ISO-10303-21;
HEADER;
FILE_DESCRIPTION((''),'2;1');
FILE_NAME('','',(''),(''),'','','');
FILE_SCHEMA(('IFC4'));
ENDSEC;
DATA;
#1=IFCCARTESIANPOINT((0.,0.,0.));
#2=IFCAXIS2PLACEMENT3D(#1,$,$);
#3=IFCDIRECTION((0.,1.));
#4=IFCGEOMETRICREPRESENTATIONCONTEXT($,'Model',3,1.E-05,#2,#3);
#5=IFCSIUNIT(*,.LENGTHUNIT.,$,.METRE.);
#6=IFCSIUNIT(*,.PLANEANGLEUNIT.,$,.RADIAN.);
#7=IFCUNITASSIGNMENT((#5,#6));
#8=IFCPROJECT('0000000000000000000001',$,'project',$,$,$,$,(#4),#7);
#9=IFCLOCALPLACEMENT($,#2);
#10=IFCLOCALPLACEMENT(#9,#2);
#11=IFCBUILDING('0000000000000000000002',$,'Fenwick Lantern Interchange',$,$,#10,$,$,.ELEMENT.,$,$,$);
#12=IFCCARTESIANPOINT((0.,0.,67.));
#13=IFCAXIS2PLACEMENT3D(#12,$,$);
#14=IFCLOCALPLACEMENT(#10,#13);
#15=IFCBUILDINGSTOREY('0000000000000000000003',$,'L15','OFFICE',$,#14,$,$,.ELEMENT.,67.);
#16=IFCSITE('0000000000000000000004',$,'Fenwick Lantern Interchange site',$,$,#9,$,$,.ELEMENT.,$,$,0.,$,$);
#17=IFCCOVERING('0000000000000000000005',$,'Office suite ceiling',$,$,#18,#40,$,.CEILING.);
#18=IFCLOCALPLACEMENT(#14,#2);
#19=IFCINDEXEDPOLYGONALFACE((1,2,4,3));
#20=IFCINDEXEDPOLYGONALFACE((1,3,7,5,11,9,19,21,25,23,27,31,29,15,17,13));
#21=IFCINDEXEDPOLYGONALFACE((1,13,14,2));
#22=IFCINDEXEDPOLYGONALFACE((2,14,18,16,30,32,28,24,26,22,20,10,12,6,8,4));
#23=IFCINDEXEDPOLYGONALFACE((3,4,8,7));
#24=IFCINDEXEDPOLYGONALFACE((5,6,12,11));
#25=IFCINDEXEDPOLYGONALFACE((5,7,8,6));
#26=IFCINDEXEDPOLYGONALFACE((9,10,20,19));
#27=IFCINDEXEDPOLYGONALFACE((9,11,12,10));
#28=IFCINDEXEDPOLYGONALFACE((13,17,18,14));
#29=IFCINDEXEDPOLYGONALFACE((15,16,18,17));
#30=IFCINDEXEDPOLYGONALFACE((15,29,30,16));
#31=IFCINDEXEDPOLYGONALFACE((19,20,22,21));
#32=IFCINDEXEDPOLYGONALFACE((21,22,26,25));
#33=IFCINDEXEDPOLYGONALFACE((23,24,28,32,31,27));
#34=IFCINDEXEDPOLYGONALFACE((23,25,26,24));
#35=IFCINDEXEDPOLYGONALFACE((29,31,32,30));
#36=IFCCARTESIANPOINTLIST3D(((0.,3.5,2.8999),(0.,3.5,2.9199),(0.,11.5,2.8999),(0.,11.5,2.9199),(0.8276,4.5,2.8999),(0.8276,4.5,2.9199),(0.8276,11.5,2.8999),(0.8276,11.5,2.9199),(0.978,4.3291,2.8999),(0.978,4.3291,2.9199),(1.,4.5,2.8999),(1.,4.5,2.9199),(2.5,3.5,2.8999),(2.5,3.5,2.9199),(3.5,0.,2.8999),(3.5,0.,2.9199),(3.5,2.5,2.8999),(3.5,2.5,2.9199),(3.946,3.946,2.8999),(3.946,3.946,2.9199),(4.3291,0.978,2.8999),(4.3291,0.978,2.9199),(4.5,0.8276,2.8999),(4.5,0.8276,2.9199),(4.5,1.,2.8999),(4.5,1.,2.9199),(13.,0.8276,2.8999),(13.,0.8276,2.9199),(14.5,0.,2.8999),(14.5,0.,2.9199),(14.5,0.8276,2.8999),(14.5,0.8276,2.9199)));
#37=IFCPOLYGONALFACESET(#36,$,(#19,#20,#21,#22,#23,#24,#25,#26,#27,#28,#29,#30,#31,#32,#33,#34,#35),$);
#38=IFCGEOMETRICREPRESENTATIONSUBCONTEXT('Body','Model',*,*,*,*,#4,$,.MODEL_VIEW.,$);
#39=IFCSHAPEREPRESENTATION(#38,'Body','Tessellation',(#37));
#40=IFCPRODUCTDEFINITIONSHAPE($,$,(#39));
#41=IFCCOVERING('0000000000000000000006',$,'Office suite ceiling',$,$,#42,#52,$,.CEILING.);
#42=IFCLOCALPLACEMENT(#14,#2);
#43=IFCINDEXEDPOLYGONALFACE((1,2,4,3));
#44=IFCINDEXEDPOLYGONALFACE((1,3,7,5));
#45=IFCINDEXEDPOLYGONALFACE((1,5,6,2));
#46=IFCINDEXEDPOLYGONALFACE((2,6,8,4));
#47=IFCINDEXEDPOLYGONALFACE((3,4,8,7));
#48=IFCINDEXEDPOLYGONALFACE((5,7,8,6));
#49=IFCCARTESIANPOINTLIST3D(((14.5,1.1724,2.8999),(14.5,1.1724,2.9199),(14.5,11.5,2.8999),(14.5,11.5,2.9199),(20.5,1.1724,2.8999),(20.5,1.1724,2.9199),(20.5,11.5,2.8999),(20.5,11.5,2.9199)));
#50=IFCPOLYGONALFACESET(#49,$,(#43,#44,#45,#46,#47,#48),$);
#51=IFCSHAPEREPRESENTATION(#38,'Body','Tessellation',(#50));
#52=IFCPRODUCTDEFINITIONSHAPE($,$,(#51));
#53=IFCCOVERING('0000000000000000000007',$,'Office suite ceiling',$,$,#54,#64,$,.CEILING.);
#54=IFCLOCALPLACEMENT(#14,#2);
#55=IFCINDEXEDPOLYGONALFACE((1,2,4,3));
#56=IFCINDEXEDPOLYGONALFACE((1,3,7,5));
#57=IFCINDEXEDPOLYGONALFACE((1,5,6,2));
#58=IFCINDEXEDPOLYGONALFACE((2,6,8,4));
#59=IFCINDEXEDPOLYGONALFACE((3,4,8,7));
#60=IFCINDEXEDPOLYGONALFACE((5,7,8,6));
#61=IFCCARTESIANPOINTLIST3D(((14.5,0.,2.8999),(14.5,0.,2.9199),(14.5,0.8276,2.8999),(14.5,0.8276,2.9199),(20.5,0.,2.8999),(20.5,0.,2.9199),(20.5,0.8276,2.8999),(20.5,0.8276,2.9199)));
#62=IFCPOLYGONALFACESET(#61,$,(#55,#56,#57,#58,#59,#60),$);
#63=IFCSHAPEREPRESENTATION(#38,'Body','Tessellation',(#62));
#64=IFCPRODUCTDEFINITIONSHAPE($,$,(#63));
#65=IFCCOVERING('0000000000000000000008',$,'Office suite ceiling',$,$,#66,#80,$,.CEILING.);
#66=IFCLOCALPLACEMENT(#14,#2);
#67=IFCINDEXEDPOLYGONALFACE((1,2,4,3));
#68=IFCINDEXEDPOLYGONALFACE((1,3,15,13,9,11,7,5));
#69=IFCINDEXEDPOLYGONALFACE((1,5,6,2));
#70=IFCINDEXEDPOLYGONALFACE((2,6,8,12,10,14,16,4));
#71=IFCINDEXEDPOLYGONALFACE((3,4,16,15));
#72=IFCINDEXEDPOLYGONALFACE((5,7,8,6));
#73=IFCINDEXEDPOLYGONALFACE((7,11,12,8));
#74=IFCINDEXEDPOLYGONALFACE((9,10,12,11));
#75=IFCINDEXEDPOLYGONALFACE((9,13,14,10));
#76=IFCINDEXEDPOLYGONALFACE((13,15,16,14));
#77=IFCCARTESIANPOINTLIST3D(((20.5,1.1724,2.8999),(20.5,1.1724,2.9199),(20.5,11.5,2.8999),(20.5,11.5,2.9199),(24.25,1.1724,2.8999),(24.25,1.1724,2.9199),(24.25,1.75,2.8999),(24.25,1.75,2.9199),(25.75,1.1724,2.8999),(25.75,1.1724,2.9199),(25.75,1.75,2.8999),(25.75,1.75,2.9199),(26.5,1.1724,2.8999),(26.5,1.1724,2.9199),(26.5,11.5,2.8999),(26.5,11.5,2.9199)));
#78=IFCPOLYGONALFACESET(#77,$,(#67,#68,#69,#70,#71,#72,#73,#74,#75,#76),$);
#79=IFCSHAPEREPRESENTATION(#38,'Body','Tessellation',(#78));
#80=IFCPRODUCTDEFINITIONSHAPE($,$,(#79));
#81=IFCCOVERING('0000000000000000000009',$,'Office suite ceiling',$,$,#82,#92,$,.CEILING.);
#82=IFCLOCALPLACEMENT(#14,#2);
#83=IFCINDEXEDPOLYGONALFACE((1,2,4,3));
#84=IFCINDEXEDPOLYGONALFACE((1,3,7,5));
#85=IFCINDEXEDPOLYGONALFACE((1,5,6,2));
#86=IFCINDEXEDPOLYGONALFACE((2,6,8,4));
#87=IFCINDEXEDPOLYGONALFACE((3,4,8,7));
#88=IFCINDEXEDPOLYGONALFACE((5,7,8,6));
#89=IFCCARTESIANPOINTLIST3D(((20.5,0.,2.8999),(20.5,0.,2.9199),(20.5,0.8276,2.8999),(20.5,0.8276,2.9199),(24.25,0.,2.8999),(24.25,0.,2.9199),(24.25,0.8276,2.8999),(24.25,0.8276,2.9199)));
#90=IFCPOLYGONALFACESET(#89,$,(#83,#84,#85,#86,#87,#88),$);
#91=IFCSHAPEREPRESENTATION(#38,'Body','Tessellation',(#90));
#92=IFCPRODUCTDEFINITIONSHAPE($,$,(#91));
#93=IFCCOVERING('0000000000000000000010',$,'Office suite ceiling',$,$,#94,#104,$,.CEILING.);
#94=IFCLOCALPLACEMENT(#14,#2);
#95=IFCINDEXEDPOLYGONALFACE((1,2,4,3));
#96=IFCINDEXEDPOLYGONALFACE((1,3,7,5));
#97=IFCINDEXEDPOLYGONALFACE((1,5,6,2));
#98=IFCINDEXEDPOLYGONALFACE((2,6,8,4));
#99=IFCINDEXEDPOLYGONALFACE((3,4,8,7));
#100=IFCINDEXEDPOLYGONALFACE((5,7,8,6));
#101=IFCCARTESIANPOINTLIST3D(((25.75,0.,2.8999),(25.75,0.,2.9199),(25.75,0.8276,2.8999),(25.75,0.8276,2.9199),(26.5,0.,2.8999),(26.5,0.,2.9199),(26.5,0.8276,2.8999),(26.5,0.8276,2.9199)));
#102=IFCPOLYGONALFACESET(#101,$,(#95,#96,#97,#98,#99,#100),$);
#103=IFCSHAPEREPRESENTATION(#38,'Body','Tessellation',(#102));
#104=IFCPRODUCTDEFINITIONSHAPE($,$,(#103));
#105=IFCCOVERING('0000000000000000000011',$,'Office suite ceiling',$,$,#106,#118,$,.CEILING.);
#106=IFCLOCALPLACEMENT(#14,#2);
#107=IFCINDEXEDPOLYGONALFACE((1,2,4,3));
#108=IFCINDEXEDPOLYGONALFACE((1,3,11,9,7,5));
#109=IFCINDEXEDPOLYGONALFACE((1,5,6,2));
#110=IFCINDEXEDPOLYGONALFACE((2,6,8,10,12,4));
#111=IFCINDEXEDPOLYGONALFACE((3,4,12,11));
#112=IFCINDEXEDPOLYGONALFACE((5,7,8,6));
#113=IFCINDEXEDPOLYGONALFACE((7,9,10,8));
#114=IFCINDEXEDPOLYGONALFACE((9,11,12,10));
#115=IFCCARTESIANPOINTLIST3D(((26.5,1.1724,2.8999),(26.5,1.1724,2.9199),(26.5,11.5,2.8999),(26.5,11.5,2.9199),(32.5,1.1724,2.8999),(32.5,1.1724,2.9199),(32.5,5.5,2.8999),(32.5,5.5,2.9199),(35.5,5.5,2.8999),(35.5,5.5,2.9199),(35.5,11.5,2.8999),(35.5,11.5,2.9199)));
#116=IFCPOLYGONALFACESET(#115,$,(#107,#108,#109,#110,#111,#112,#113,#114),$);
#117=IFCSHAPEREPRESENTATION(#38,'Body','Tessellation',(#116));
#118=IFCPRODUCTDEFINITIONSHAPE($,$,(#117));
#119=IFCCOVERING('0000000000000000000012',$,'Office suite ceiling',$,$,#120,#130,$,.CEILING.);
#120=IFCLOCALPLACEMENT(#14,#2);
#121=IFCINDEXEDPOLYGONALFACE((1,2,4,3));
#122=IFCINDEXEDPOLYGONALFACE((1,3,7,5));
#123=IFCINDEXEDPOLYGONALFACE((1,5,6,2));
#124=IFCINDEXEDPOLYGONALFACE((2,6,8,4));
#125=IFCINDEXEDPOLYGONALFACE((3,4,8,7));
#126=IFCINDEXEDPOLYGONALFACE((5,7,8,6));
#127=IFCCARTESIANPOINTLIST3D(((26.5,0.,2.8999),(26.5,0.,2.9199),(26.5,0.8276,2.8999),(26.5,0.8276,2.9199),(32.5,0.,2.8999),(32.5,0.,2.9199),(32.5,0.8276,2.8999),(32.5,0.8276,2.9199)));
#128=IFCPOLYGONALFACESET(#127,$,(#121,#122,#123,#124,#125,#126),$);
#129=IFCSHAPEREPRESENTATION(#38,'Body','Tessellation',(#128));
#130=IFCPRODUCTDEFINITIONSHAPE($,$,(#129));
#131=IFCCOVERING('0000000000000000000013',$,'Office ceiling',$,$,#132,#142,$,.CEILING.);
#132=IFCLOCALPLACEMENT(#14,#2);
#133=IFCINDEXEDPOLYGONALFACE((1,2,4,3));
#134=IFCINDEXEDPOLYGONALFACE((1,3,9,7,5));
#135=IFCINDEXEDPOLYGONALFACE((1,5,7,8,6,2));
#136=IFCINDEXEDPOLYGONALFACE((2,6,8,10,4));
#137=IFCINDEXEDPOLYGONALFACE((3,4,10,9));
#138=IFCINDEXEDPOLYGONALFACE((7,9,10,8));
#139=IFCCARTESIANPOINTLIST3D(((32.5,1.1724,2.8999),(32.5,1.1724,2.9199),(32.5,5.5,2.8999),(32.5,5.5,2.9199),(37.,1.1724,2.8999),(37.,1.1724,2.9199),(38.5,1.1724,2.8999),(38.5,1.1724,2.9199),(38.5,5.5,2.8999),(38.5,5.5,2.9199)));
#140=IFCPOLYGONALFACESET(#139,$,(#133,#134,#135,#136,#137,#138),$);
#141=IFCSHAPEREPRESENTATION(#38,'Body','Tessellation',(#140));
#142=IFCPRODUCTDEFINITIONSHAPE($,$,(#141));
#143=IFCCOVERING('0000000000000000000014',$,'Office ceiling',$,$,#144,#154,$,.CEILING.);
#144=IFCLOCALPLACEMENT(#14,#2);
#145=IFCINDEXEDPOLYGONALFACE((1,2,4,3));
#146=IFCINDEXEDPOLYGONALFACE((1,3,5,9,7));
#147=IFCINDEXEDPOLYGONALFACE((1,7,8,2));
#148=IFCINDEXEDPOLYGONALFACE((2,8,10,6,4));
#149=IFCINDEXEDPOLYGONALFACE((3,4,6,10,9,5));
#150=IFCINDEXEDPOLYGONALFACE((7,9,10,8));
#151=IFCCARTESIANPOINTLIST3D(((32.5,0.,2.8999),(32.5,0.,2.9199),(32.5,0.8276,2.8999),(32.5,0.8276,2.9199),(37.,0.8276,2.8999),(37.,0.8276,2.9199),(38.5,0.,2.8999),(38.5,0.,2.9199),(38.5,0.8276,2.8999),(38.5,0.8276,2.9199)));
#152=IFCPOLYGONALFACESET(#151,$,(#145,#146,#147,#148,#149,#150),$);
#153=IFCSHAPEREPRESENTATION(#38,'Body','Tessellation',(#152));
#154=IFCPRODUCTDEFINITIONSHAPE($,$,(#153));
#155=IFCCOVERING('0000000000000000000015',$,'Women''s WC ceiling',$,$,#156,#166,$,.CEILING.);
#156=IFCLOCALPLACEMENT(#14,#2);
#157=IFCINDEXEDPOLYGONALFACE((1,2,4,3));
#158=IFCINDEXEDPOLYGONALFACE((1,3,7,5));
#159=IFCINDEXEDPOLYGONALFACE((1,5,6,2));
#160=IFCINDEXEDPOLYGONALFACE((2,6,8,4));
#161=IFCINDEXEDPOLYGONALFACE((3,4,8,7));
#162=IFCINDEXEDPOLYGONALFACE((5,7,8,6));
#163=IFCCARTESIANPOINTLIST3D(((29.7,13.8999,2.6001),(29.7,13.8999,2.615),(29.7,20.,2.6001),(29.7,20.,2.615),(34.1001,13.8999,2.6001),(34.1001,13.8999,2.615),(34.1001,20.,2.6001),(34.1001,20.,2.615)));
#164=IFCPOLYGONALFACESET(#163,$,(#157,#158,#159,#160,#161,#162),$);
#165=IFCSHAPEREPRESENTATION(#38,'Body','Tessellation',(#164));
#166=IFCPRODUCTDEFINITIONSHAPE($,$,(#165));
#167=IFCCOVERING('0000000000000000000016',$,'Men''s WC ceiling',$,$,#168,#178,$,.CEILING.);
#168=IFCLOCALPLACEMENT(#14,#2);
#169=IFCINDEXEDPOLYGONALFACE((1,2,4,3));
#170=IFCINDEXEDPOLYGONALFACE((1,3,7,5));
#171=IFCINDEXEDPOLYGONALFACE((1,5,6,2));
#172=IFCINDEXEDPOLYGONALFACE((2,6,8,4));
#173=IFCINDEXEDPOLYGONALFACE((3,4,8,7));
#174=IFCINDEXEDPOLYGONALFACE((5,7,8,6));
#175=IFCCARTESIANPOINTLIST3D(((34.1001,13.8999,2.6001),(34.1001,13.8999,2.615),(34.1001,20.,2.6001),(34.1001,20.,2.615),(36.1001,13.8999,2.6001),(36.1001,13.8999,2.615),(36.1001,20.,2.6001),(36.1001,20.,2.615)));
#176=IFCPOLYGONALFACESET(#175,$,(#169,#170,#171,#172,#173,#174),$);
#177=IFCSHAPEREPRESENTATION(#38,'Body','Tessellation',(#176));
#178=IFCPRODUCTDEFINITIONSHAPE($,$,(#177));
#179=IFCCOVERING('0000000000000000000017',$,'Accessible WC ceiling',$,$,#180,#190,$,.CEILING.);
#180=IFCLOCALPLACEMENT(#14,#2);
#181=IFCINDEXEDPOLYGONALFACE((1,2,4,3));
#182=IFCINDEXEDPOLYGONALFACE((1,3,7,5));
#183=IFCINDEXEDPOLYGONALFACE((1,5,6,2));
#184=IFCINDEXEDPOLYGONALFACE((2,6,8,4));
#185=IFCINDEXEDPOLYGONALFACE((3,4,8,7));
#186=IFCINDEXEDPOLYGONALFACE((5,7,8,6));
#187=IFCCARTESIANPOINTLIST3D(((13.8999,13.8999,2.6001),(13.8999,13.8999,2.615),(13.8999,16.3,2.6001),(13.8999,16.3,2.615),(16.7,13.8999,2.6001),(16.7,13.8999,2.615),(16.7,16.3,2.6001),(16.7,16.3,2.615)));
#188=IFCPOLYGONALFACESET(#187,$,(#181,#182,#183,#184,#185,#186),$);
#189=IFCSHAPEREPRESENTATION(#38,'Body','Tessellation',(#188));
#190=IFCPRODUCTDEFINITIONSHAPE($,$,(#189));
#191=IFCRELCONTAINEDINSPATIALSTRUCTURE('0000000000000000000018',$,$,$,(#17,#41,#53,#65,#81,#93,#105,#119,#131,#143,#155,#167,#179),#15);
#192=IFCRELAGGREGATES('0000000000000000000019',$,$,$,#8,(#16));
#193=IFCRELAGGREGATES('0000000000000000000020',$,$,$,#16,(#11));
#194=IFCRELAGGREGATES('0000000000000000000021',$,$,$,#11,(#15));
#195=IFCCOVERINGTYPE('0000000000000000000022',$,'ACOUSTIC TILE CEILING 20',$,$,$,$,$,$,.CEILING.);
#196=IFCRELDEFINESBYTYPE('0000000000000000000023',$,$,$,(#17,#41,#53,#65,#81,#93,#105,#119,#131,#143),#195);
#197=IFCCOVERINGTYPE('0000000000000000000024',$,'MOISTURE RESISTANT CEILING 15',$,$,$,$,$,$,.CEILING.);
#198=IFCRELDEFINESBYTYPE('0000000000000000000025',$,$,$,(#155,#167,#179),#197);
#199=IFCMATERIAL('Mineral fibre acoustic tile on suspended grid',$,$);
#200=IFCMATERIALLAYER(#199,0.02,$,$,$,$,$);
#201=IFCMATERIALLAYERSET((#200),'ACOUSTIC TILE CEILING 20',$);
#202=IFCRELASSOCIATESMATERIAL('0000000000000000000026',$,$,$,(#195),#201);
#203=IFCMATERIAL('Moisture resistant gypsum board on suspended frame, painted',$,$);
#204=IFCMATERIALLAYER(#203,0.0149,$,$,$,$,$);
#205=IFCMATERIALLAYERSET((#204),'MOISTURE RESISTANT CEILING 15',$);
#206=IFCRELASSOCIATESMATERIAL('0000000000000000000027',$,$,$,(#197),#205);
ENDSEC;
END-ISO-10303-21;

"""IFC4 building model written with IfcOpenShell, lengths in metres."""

from ifc_helpers import new_model, si_unit, direction, frame, origin, place, context, subcontext, project, spatial, polyline, outline, extrude, material, layer, layer_set, type_object, element, save


model = new_model("IFC4")

# Units and contexts
model_context = context("Model", 3, precision=1e-05, world=origin(), true_north=direction((0.0, 1.0)))
body_context = subcontext(model_context, "Body", "Model", "MODEL_VIEW")
ifc_project = project(units=[si_unit("LENGTHUNIT", "METRE"), si_unit("PLANEANGLEUNIT", "RADIAN")], contexts=[model_context])

# Site, building, storey
site_placement = place(None, origin())
site = spatial("IfcSite", under=ifc_project, at=site_placement, Name="Fenwick Lantern Interchange site", CompositionType="ELEMENT", RefElevation=0.0)
building_placement = place(site_placement, origin())
building = spatial("IfcBuilding", under=site, at=building_placement, Name="Fenwick Lantern Interchange", CompositionType="ELEMENT")
storey_placement = place(building_placement, frame((0.0, 0.0, 67.0)))
storey = spatial("IfcBuildingStorey", under=building, at=storey_placement, Name="L15", Description="OFFICE", CompositionType="ELEMENT", Elevation=67.0)

# Coverings
ifc_material_1 = material(Name="Mineral fibre acoustic tile on suspended grid")
ifc_layer_1 = layer(ifc_material_1, 0.02)
ifc_layer_set_1 = layer_set([ifc_layer_1], Name="ACOUSTIC TILE CEILING 20")
covering_type_1 = type_object("IfcCoveringType", Name="ACOUSTIC TILE CEILING 20", PredefinedType="CEILING", material=ifc_layer_set_1)
covering_1_placement = place(storey_placement, frame((0.0, 0.0, 2.8999)))
element("IfcCovering", 1, at=covering_1_placement, inside=storey, type_object=covering_type_1, Name="Office suite ceiling", PredefinedType="CEILING", context=body_context, shape_type="SweptSolid", body=[
    extrude(outline(polyline([(3.5, 2.5), (3.5, 0.0), (14.5, 0.0), (14.5, 0.8276), (13.0, 0.8276), (4.5, 0.8276), (4.5, 1.0), (4.3291, 0.978), (3.946, 3.946), (0.978, 4.3291), (1.0, 4.5), (0.8276, 4.5), (0.8276, 11.5), (0.0, 11.5), (0.0, 3.5), (2.5, 3.5), (3.5, 2.5)])), origin(), (0.0, 0.0, 1.0), 0.02),
])
covering_2_placement = place(storey_placement, frame((0.0, 0.0, 2.8999)))
element("IfcCovering", 2, at=covering_2_placement, inside=storey, type_object=covering_type_1, Name="Office suite ceiling", PredefinedType="CEILING", context=body_context, shape_type="SweptSolid", body=[
    extrude(outline(polyline([(14.5, 11.5), (14.5, 1.1724), (20.5, 1.1724), (20.5, 11.5), (14.5, 11.5)])), origin(), (0.0, 0.0, 1.0), 0.02),
])
covering_3_placement = place(storey_placement, frame((0.0, 0.0, 2.8999)))
element("IfcCovering", 3, at=covering_3_placement, inside=storey, type_object=covering_type_1, Name="Office suite ceiling", PredefinedType="CEILING", context=body_context, shape_type="SweptSolid", body=[
    extrude(outline(polyline([(14.5, 0.0), (20.5, 0.0), (20.5, 0.8276), (14.5, 0.8276), (14.5, 0.0)])), origin(), (0.0, 0.0, 1.0), 0.02),
])
covering_4_placement = place(storey_placement, frame((0.0, 0.0, 2.8999)))
element("IfcCovering", 4, at=covering_4_placement, inside=storey, type_object=covering_type_1, Name="Office suite ceiling", PredefinedType="CEILING", context=body_context, shape_type="SweptSolid", body=[
    extrude(outline(polyline([(25.75, 1.75), (25.75, 1.1724), (26.5, 1.1724), (26.5, 11.5), (20.5, 11.5), (20.5, 1.1724), (24.25, 1.1724), (24.25, 1.75), (25.75, 1.75)])), origin(), (0.0, 0.0, 1.0), 0.02),
])
covering_5_placement = place(storey_placement, frame((0.0, 0.0, 2.8999)))
element("IfcCovering", 5, at=covering_5_placement, inside=storey, type_object=covering_type_1, Name="Office suite ceiling", PredefinedType="CEILING", context=body_context, shape_type="SweptSolid", body=[
    extrude(outline(polyline([(24.25, 0.0), (24.25, 0.8276), (20.5, 0.8276), (20.5, 0.0), (24.25, 0.0)])), origin(), (0.0, 0.0, 1.0), 0.02),
])
covering_6_placement = place(storey_placement, frame((0.0, 0.0, 2.8999)))
element("IfcCovering", 6, at=covering_6_placement, inside=storey, type_object=covering_type_1, Name="Office suite ceiling", PredefinedType="CEILING", context=body_context, shape_type="SweptSolid", body=[
    extrude(outline(polyline([(25.75, 0.8276), (25.75, 0.0), (26.5, 0.0), (26.5, 0.8276), (25.75, 0.8276)])), origin(), (0.0, 0.0, 1.0), 0.02),
])
covering_7_placement = place(storey_placement, frame((0.0, 0.0, 2.8999)))
element("IfcCovering", 7, at=covering_7_placement, inside=storey, type_object=covering_type_1, Name="Office suite ceiling", PredefinedType="CEILING", context=body_context, shape_type="SweptSolid", body=[
    extrude(outline(polyline([(26.5, 11.5), (26.5, 1.1724), (32.5, 1.1724), (32.5, 5.5), (35.5, 5.5), (35.5, 11.5), (26.5, 11.5)])), origin(), (0.0, 0.0, 1.0), 0.02),
])
covering_8_placement = place(storey_placement, frame((0.0, 0.0, 2.8999)))
element("IfcCovering", 8, at=covering_8_placement, inside=storey, type_object=covering_type_1, Name="Office suite ceiling", PredefinedType="CEILING", context=body_context, shape_type="SweptSolid", body=[
    extrude(outline(polyline([(26.5, 0.0), (32.5, 0.0), (32.5, 0.8276), (26.5, 0.8276), (26.5, 0.0)])), origin(), (0.0, 0.0, 1.0), 0.02),
])
covering_9_placement = place(storey_placement, frame((0.0, 0.0, 2.8999)))
element("IfcCovering", 9, at=covering_9_placement, inside=storey, type_object=covering_type_1, Name="Office ceiling", PredefinedType="CEILING", context=body_context, shape_type="SweptSolid", body=[
    extrude(outline(polyline([(32.5, 5.5), (32.5, 1.1724), (37.0, 1.1724), (38.5, 1.1724), (38.5, 5.5), (32.5, 5.5)])), origin(), (0.0, 0.0, 1.0), 0.02),
])
covering_10_placement = place(storey_placement, frame((0.0, 0.0, 2.8999)))
element("IfcCovering", 10, at=covering_10_placement, inside=storey, type_object=covering_type_1, Name="Office ceiling", PredefinedType="CEILING", context=body_context, shape_type="SweptSolid", body=[
    extrude(outline(polyline([(38.5, 0.0), (38.5, 0.8276), (37.0, 0.8276), (32.5, 0.8276), (32.5, 0.0), (38.5, 0.0)])), origin(), (0.0, 0.0, 1.0), 0.02),
])
ifc_material_2 = material(Name="Moisture resistant gypsum board on suspended frame, painted")
ifc_layer_2 = layer(ifc_material_2, 0.0149)
ifc_layer_set_2 = layer_set([ifc_layer_2], Name="MOISTURE RESISTANT CEILING 15")
covering_type_2 = type_object("IfcCoveringType", Name="MOISTURE RESISTANT CEILING 15", PredefinedType="CEILING", material=ifc_layer_set_2)
covering_11_placement = place(storey_placement, frame((0.0, 0.0, 2.6001)))
element("IfcCovering", 11, at=covering_11_placement, inside=storey, type_object=covering_type_2, Name="Women's WC ceiling", PredefinedType="CEILING", context=body_context, shape_type="SweptSolid", body=[
    extrude(outline(polyline([(29.7, 13.8999), (34.1001, 13.8999), (34.1001, 20.0), (29.7, 20.0), (29.7, 13.8999)])), origin(), (0.0, 0.0, 1.0), 0.0149),
])
covering_12_placement = place(storey_placement, frame((0.0, 0.0, 2.6001)))
element("IfcCovering", 12, at=covering_12_placement, inside=storey, type_object=covering_type_2, Name="Men's WC ceiling", PredefinedType="CEILING", context=body_context, shape_type="SweptSolid", body=[
    extrude(outline(polyline([(34.1001, 13.8999), (36.1001, 13.8999), (36.1001, 20.0), (34.1001, 20.0), (34.1001, 13.8999)])), origin(), (0.0, 0.0, 1.0), 0.0149),
])
covering_13_placement = place(storey_placement, frame((0.0, 0.0, 2.6001)))
element("IfcCovering", 13, at=covering_13_placement, inside=storey, type_object=covering_type_2, Name="Accessible WC ceiling", PredefinedType="CEILING", context=body_context, shape_type="SweptSolid", body=[
    extrude(outline(polyline([(13.8999, 13.8999), (16.7, 13.8999), (16.7, 16.3), (13.8999, 16.3), (13.8999, 13.8999)])), origin(), (0.0, 0.0, 1.0), 0.0149),
])

save(model, "model.ifc")
